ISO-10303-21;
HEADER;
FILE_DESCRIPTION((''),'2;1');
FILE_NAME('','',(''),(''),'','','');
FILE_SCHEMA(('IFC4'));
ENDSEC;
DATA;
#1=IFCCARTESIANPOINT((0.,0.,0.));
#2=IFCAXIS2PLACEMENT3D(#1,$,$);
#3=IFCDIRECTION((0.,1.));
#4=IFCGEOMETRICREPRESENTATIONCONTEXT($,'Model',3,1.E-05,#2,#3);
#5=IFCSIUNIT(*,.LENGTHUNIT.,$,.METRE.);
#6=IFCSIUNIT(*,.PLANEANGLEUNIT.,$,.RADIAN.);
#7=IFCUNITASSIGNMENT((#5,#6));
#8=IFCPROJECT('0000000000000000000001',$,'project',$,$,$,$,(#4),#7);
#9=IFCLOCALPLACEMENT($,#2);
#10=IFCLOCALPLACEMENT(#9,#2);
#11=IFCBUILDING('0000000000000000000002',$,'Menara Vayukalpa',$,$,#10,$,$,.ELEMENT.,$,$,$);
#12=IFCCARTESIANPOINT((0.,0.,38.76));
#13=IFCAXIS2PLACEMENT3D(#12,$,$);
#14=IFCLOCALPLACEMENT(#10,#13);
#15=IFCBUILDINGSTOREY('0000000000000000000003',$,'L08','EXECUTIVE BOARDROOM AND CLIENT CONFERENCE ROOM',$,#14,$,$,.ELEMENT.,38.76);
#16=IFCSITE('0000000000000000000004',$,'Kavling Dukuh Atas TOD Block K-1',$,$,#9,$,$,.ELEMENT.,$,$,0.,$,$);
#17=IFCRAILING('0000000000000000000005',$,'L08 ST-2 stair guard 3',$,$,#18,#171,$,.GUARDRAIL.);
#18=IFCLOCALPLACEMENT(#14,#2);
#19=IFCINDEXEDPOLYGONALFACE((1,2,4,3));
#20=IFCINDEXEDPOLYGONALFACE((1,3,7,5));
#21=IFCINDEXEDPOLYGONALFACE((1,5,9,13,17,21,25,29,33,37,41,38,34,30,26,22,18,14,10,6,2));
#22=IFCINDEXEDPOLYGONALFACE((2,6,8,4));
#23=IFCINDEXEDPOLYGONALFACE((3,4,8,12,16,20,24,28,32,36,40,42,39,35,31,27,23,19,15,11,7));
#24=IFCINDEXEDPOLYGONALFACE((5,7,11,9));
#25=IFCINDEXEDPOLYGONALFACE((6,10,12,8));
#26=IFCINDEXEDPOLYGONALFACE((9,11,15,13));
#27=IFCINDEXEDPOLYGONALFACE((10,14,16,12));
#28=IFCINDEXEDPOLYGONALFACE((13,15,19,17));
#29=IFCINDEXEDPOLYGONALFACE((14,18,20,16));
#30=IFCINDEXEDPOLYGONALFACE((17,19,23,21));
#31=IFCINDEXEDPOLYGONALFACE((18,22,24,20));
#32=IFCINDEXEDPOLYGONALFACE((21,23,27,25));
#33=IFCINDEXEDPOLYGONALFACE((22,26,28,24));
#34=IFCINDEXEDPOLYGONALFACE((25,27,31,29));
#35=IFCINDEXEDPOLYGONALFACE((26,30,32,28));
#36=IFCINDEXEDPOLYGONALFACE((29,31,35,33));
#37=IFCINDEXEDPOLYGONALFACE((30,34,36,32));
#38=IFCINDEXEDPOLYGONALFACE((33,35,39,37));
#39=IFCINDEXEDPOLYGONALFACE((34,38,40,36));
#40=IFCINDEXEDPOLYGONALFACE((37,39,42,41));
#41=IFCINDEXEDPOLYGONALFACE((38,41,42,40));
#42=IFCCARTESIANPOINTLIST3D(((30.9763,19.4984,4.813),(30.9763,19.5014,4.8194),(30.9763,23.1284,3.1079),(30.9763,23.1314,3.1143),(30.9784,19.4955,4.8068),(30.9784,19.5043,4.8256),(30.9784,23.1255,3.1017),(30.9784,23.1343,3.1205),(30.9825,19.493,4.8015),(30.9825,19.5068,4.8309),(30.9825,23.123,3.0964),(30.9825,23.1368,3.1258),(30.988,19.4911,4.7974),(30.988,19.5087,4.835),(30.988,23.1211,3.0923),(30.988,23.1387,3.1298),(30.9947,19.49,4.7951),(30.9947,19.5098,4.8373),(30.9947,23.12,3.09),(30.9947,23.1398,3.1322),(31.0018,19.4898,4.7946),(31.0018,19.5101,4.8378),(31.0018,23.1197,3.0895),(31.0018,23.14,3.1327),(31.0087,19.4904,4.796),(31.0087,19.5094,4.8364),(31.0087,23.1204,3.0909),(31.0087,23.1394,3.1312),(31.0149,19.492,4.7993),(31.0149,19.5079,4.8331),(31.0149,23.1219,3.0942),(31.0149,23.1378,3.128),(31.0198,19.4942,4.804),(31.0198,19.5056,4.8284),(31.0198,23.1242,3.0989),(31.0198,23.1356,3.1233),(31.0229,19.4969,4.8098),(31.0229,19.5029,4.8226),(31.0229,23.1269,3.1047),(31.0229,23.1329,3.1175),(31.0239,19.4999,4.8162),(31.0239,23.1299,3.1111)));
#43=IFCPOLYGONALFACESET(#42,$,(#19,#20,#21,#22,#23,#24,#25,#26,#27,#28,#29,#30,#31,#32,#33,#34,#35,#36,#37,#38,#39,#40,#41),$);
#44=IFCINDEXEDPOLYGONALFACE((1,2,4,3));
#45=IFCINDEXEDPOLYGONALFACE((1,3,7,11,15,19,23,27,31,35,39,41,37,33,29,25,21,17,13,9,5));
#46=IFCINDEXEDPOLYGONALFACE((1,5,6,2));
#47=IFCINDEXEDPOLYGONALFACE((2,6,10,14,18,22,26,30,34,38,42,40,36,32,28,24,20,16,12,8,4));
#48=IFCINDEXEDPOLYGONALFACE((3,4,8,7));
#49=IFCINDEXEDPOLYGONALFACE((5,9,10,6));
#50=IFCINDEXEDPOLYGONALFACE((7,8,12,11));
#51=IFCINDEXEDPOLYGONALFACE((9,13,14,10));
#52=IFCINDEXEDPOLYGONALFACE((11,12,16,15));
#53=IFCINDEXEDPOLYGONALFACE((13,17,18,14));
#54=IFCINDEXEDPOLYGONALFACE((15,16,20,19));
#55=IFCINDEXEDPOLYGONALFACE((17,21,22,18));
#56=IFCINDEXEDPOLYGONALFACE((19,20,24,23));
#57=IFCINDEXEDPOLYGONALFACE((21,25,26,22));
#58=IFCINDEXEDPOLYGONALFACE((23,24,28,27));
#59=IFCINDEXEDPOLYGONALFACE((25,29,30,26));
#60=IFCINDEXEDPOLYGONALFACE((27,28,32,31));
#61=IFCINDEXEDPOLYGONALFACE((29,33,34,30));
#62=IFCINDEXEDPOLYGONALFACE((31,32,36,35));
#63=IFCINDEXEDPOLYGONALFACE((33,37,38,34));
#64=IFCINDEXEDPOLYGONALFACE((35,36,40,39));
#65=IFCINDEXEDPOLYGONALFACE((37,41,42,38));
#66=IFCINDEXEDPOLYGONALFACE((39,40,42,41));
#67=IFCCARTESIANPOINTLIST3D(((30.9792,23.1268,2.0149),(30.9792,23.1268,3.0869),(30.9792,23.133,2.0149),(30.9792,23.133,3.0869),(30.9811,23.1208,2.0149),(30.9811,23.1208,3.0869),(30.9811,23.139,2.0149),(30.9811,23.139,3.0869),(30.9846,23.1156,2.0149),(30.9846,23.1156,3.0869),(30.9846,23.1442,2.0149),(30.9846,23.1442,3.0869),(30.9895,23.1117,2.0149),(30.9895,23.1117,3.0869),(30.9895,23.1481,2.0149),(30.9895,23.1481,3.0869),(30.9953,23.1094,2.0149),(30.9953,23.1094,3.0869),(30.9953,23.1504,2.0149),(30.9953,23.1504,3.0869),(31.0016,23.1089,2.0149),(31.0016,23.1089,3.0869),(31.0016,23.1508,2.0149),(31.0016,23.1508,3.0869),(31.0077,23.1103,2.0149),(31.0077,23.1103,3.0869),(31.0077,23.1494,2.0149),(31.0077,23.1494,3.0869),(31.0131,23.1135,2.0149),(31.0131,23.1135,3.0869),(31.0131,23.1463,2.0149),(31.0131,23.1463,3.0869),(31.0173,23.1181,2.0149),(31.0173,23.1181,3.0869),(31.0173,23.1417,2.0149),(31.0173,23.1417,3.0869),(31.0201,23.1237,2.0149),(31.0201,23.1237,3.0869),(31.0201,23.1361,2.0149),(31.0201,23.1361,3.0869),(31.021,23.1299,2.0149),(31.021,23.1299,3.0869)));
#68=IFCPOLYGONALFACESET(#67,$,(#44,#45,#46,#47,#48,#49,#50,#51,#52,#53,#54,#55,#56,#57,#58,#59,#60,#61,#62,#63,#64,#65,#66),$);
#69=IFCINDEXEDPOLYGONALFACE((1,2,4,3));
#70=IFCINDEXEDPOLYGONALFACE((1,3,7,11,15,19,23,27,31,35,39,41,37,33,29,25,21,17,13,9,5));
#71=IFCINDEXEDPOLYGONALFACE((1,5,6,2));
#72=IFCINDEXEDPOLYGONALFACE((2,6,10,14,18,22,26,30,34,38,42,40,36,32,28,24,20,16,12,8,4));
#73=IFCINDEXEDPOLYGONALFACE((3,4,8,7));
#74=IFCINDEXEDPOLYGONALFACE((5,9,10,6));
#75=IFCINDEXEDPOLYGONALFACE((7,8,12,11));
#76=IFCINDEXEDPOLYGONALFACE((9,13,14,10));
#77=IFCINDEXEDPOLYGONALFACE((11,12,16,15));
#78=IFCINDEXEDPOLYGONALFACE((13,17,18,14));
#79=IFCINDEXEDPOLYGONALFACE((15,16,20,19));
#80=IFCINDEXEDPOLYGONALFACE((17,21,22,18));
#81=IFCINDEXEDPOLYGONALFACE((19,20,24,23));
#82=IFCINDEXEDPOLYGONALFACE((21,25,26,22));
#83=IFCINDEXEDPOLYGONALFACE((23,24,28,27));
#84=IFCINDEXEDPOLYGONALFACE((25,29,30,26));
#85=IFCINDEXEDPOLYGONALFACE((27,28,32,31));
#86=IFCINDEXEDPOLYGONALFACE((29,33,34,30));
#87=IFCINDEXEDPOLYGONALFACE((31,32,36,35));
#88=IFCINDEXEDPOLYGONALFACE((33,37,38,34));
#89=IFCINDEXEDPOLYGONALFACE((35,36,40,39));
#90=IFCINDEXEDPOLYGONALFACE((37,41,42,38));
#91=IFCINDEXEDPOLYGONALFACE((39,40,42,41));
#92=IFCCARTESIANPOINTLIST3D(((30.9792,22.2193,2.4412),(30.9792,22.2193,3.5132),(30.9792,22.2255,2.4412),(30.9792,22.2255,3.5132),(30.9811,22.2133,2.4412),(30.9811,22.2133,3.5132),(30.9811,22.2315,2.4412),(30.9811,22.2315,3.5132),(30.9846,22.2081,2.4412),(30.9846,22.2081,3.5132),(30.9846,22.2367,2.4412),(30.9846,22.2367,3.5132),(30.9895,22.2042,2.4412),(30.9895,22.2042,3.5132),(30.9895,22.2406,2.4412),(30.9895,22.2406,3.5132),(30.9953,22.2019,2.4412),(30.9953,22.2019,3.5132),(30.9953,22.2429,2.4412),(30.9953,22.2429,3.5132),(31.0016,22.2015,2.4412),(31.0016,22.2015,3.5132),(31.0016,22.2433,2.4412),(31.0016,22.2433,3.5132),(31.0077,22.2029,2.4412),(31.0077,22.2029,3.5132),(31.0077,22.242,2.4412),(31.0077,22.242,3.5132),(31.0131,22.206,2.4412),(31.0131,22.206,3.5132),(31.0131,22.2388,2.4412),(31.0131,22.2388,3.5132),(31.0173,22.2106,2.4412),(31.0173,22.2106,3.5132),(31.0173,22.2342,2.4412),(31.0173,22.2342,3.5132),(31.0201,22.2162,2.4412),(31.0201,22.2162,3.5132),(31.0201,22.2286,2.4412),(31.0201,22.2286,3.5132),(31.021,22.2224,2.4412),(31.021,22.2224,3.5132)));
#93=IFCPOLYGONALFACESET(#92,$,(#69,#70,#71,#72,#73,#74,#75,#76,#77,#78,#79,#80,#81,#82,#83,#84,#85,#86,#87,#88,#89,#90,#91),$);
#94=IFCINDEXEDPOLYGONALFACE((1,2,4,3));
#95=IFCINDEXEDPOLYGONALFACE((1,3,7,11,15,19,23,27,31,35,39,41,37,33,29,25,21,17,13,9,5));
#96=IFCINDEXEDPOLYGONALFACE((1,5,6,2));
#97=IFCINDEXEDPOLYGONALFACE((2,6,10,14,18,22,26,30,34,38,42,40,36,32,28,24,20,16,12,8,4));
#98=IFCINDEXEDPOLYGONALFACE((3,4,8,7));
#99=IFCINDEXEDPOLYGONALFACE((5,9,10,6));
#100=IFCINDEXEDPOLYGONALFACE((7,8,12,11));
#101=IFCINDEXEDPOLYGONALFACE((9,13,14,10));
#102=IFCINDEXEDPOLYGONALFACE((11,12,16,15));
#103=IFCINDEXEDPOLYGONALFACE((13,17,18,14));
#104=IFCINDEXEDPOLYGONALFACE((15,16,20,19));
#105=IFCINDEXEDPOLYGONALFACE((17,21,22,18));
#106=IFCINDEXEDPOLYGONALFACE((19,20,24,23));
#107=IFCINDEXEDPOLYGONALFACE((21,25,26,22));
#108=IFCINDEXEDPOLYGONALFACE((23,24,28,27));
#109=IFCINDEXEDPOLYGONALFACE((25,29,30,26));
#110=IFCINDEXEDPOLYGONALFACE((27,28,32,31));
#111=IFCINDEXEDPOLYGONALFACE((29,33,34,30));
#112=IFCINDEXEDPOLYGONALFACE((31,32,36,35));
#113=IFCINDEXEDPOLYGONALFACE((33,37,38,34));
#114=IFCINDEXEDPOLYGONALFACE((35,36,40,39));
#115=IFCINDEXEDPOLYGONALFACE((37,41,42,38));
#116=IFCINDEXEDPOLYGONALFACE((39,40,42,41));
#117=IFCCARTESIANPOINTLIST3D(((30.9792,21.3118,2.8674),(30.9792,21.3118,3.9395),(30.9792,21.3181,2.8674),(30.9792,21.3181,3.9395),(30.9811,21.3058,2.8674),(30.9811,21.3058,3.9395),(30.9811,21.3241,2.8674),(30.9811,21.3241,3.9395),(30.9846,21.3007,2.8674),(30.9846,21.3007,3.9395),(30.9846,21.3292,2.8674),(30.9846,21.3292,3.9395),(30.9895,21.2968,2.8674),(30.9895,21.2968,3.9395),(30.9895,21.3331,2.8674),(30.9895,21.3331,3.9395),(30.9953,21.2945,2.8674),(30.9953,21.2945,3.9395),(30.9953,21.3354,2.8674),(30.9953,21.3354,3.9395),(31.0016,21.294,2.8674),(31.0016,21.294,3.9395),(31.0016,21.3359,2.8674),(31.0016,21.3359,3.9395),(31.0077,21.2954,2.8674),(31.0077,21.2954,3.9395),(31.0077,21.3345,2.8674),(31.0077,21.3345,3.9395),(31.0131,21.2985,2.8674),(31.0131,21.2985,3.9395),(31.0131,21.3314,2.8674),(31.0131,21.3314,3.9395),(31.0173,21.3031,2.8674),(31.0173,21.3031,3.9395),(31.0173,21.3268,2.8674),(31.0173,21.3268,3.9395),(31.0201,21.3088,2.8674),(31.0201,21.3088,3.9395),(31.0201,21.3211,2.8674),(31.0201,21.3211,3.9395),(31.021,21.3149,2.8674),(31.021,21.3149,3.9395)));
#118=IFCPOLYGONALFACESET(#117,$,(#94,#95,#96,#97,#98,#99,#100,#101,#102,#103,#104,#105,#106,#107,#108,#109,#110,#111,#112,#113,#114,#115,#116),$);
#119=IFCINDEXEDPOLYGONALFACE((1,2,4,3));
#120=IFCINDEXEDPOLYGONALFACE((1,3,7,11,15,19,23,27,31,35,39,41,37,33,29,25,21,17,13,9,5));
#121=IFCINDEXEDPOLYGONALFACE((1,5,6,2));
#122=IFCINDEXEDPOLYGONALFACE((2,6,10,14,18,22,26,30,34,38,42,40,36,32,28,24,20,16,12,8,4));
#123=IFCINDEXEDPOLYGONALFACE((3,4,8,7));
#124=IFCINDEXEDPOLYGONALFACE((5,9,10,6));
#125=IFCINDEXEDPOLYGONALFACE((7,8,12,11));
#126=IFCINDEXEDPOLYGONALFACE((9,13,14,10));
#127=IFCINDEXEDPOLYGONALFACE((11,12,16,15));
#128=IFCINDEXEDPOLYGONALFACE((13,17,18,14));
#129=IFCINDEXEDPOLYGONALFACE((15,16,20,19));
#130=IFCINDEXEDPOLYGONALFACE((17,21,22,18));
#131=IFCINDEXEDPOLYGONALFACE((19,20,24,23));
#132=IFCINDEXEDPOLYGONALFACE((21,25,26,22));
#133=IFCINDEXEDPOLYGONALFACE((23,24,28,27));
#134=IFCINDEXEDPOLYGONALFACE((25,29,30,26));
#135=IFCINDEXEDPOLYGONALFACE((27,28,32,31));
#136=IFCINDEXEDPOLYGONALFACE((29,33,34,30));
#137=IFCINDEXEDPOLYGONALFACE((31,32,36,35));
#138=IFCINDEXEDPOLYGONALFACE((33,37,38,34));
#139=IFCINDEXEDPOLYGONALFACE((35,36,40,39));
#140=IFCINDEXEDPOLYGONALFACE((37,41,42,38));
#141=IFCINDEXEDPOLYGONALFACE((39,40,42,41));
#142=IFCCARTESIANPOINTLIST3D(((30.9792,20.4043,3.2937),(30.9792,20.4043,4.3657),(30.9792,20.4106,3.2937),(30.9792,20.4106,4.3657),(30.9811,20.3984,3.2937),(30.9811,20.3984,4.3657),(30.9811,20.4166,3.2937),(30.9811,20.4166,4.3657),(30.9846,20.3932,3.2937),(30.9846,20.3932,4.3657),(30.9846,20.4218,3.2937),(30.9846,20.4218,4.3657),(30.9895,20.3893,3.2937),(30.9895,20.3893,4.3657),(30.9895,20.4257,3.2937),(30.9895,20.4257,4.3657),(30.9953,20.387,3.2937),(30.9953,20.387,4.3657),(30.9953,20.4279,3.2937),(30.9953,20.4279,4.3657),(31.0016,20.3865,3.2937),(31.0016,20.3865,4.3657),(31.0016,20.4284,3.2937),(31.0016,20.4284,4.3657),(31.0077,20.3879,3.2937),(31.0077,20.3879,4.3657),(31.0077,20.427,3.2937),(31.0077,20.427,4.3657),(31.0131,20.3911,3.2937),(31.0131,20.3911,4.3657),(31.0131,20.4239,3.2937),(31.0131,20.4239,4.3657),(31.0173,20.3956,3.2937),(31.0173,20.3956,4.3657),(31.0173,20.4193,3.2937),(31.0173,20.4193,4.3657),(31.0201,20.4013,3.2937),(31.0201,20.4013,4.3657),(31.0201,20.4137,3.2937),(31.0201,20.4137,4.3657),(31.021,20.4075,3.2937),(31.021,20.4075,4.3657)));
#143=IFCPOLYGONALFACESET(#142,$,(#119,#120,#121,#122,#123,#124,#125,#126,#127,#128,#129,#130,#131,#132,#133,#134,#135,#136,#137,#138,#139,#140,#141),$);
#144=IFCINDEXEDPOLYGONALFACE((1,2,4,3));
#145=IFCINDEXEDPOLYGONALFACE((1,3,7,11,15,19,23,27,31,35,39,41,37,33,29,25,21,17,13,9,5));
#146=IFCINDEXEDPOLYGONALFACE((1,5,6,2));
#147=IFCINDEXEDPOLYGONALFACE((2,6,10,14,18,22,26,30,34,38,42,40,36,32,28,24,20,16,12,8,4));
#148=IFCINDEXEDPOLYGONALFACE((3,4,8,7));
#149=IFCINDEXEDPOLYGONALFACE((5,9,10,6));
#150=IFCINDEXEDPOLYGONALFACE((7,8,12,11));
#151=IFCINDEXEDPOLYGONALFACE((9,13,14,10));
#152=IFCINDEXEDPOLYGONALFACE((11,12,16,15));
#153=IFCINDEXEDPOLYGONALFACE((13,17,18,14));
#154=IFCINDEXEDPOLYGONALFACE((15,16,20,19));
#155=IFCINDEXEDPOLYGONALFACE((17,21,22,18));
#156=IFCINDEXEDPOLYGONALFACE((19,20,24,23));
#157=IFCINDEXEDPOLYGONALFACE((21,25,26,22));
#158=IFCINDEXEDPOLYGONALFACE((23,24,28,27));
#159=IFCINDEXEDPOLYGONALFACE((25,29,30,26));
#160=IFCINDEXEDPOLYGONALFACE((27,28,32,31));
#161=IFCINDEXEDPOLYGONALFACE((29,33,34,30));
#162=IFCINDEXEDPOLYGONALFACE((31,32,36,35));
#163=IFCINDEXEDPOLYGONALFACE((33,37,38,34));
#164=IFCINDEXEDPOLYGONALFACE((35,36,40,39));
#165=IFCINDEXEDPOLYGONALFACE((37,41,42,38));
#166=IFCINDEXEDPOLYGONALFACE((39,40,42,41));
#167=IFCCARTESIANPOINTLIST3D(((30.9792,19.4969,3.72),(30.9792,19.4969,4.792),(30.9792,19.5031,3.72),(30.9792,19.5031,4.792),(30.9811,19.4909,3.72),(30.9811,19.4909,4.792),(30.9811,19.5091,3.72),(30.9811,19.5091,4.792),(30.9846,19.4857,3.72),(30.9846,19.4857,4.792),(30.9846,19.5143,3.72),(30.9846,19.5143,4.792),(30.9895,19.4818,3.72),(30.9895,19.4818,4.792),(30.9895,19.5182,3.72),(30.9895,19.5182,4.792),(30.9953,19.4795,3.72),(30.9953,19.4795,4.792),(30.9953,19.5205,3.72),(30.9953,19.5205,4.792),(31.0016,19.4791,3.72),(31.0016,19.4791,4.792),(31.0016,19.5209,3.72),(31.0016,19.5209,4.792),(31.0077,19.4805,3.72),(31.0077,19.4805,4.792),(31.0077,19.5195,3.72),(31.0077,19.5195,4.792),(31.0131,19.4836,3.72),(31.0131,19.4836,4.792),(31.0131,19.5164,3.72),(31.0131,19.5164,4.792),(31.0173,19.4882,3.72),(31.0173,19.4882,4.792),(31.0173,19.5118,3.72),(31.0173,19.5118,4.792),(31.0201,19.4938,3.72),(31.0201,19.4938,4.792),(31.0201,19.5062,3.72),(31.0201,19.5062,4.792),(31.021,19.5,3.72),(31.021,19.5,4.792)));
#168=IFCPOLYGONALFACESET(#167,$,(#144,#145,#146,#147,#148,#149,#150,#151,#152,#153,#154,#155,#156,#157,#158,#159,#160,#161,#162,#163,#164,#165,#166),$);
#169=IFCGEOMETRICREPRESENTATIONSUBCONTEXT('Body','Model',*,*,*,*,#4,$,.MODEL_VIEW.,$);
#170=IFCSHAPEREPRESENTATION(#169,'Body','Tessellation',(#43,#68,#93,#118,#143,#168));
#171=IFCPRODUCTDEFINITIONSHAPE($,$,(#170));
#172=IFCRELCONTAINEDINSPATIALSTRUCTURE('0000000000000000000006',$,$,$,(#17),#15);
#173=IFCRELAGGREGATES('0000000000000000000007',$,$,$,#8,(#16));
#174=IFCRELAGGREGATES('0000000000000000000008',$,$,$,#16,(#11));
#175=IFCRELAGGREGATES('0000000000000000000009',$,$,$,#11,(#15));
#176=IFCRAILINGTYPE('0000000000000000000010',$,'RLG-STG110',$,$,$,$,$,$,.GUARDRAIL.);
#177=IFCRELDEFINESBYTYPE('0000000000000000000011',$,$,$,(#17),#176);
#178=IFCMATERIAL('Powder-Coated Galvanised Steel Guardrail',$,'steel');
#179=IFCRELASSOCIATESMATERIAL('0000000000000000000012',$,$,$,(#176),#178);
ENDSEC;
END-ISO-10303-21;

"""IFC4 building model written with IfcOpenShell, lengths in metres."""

from ifc_helpers import new_model, si_unit, direction, frame, origin, origin_2d, place, context, subcontext, project, spatial, circle, extrude, material, type_object, element, save


model = new_model("IFC4")

# Units and contexts
model_context = context("Model", 3, precision=1e-05, world=origin(), true_north=direction((0.0, 1.0)))
body_context = subcontext(model_context, "Body", "Model", "MODEL_VIEW")
ifc_project = project(units=[si_unit("LENGTHUNIT", "METRE"), si_unit("PLANEANGLEUNIT", "RADIAN")], contexts=[model_context])

# Site, building, storey
site_placement = place(None, origin())
site = spatial("IfcSite", under=ifc_project, at=site_placement, Name="Kavling Dukuh Atas TOD Block K-1", CompositionType="ELEMENT", RefElevation=0.0)
building_placement = place(site_placement, origin())
building = spatial("IfcBuilding", under=site, at=building_placement, Name="Menara Vayukalpa", CompositionType="ELEMENT")
storey_placement = place(building_placement, frame((0.0, 0.0, 38.76)))
storey = spatial("IfcBuildingStorey", under=building, at=storey_placement, Name="L08", Description="EXECUTIVE BOARDROOM AND CLIENT CONFERENCE ROOM", CompositionType="ELEMENT", Elevation=38.76)

# Railing
ifc_material_1 = material(Name="Powder-Coated Galvanised Steel Guardrail", Category="steel")
railing_type_1 = type_object("IfcRailingType", Name="RLG-STG110", PredefinedType="GUARDRAIL", material=ifc_material_1)
railing_1_placement = place(storey_placement, frame((31.0, 23.1299, 2.0149)))
element("IfcRailing", 1, at=railing_1_placement, inside=storey, type_object=railing_type_1, Name="L08 ST-2 stair guard 3", PredefinedType="GUARDRAIL", context=body_context, shape_type="SweptSolid", body=[
    extrude(circle(Radius=0.0239, at=origin_2d()), frame((0.0, 0.0, 1.0962), z_axis=(0.0, -0.905116, 0.425164), x_axis=(1.0, 0.0, 0.0)), (0.0, 0.0, 1.0), 4.0105),
    extrude(circle(Radius=0.021, at=origin_2d()), origin(), (0.0, 0.0, 1.0), 1.072),
    extrude(circle(Radius=0.021, at=origin_2d()), frame((0.0, -0.9075, 0.4263)), (0.0, 0.0, 1.0), 1.072),
    extrude(circle(Radius=0.021, at=origin_2d()), frame((0.0, -1.8149, 0.8525)), (0.0, 0.0, 1.0), 1.072),
    extrude(circle(Radius=0.021, at=origin_2d()), frame((0.0, -2.7224, 1.2788)), (0.0, 0.0, 1.0), 1.072),
    extrude(circle(Radius=0.021, at=origin_2d()), frame((0.0, -3.6299, 1.7051)), (0.0, 0.0, 1.0), 1.072),
])

save(model, "model.ifc")
